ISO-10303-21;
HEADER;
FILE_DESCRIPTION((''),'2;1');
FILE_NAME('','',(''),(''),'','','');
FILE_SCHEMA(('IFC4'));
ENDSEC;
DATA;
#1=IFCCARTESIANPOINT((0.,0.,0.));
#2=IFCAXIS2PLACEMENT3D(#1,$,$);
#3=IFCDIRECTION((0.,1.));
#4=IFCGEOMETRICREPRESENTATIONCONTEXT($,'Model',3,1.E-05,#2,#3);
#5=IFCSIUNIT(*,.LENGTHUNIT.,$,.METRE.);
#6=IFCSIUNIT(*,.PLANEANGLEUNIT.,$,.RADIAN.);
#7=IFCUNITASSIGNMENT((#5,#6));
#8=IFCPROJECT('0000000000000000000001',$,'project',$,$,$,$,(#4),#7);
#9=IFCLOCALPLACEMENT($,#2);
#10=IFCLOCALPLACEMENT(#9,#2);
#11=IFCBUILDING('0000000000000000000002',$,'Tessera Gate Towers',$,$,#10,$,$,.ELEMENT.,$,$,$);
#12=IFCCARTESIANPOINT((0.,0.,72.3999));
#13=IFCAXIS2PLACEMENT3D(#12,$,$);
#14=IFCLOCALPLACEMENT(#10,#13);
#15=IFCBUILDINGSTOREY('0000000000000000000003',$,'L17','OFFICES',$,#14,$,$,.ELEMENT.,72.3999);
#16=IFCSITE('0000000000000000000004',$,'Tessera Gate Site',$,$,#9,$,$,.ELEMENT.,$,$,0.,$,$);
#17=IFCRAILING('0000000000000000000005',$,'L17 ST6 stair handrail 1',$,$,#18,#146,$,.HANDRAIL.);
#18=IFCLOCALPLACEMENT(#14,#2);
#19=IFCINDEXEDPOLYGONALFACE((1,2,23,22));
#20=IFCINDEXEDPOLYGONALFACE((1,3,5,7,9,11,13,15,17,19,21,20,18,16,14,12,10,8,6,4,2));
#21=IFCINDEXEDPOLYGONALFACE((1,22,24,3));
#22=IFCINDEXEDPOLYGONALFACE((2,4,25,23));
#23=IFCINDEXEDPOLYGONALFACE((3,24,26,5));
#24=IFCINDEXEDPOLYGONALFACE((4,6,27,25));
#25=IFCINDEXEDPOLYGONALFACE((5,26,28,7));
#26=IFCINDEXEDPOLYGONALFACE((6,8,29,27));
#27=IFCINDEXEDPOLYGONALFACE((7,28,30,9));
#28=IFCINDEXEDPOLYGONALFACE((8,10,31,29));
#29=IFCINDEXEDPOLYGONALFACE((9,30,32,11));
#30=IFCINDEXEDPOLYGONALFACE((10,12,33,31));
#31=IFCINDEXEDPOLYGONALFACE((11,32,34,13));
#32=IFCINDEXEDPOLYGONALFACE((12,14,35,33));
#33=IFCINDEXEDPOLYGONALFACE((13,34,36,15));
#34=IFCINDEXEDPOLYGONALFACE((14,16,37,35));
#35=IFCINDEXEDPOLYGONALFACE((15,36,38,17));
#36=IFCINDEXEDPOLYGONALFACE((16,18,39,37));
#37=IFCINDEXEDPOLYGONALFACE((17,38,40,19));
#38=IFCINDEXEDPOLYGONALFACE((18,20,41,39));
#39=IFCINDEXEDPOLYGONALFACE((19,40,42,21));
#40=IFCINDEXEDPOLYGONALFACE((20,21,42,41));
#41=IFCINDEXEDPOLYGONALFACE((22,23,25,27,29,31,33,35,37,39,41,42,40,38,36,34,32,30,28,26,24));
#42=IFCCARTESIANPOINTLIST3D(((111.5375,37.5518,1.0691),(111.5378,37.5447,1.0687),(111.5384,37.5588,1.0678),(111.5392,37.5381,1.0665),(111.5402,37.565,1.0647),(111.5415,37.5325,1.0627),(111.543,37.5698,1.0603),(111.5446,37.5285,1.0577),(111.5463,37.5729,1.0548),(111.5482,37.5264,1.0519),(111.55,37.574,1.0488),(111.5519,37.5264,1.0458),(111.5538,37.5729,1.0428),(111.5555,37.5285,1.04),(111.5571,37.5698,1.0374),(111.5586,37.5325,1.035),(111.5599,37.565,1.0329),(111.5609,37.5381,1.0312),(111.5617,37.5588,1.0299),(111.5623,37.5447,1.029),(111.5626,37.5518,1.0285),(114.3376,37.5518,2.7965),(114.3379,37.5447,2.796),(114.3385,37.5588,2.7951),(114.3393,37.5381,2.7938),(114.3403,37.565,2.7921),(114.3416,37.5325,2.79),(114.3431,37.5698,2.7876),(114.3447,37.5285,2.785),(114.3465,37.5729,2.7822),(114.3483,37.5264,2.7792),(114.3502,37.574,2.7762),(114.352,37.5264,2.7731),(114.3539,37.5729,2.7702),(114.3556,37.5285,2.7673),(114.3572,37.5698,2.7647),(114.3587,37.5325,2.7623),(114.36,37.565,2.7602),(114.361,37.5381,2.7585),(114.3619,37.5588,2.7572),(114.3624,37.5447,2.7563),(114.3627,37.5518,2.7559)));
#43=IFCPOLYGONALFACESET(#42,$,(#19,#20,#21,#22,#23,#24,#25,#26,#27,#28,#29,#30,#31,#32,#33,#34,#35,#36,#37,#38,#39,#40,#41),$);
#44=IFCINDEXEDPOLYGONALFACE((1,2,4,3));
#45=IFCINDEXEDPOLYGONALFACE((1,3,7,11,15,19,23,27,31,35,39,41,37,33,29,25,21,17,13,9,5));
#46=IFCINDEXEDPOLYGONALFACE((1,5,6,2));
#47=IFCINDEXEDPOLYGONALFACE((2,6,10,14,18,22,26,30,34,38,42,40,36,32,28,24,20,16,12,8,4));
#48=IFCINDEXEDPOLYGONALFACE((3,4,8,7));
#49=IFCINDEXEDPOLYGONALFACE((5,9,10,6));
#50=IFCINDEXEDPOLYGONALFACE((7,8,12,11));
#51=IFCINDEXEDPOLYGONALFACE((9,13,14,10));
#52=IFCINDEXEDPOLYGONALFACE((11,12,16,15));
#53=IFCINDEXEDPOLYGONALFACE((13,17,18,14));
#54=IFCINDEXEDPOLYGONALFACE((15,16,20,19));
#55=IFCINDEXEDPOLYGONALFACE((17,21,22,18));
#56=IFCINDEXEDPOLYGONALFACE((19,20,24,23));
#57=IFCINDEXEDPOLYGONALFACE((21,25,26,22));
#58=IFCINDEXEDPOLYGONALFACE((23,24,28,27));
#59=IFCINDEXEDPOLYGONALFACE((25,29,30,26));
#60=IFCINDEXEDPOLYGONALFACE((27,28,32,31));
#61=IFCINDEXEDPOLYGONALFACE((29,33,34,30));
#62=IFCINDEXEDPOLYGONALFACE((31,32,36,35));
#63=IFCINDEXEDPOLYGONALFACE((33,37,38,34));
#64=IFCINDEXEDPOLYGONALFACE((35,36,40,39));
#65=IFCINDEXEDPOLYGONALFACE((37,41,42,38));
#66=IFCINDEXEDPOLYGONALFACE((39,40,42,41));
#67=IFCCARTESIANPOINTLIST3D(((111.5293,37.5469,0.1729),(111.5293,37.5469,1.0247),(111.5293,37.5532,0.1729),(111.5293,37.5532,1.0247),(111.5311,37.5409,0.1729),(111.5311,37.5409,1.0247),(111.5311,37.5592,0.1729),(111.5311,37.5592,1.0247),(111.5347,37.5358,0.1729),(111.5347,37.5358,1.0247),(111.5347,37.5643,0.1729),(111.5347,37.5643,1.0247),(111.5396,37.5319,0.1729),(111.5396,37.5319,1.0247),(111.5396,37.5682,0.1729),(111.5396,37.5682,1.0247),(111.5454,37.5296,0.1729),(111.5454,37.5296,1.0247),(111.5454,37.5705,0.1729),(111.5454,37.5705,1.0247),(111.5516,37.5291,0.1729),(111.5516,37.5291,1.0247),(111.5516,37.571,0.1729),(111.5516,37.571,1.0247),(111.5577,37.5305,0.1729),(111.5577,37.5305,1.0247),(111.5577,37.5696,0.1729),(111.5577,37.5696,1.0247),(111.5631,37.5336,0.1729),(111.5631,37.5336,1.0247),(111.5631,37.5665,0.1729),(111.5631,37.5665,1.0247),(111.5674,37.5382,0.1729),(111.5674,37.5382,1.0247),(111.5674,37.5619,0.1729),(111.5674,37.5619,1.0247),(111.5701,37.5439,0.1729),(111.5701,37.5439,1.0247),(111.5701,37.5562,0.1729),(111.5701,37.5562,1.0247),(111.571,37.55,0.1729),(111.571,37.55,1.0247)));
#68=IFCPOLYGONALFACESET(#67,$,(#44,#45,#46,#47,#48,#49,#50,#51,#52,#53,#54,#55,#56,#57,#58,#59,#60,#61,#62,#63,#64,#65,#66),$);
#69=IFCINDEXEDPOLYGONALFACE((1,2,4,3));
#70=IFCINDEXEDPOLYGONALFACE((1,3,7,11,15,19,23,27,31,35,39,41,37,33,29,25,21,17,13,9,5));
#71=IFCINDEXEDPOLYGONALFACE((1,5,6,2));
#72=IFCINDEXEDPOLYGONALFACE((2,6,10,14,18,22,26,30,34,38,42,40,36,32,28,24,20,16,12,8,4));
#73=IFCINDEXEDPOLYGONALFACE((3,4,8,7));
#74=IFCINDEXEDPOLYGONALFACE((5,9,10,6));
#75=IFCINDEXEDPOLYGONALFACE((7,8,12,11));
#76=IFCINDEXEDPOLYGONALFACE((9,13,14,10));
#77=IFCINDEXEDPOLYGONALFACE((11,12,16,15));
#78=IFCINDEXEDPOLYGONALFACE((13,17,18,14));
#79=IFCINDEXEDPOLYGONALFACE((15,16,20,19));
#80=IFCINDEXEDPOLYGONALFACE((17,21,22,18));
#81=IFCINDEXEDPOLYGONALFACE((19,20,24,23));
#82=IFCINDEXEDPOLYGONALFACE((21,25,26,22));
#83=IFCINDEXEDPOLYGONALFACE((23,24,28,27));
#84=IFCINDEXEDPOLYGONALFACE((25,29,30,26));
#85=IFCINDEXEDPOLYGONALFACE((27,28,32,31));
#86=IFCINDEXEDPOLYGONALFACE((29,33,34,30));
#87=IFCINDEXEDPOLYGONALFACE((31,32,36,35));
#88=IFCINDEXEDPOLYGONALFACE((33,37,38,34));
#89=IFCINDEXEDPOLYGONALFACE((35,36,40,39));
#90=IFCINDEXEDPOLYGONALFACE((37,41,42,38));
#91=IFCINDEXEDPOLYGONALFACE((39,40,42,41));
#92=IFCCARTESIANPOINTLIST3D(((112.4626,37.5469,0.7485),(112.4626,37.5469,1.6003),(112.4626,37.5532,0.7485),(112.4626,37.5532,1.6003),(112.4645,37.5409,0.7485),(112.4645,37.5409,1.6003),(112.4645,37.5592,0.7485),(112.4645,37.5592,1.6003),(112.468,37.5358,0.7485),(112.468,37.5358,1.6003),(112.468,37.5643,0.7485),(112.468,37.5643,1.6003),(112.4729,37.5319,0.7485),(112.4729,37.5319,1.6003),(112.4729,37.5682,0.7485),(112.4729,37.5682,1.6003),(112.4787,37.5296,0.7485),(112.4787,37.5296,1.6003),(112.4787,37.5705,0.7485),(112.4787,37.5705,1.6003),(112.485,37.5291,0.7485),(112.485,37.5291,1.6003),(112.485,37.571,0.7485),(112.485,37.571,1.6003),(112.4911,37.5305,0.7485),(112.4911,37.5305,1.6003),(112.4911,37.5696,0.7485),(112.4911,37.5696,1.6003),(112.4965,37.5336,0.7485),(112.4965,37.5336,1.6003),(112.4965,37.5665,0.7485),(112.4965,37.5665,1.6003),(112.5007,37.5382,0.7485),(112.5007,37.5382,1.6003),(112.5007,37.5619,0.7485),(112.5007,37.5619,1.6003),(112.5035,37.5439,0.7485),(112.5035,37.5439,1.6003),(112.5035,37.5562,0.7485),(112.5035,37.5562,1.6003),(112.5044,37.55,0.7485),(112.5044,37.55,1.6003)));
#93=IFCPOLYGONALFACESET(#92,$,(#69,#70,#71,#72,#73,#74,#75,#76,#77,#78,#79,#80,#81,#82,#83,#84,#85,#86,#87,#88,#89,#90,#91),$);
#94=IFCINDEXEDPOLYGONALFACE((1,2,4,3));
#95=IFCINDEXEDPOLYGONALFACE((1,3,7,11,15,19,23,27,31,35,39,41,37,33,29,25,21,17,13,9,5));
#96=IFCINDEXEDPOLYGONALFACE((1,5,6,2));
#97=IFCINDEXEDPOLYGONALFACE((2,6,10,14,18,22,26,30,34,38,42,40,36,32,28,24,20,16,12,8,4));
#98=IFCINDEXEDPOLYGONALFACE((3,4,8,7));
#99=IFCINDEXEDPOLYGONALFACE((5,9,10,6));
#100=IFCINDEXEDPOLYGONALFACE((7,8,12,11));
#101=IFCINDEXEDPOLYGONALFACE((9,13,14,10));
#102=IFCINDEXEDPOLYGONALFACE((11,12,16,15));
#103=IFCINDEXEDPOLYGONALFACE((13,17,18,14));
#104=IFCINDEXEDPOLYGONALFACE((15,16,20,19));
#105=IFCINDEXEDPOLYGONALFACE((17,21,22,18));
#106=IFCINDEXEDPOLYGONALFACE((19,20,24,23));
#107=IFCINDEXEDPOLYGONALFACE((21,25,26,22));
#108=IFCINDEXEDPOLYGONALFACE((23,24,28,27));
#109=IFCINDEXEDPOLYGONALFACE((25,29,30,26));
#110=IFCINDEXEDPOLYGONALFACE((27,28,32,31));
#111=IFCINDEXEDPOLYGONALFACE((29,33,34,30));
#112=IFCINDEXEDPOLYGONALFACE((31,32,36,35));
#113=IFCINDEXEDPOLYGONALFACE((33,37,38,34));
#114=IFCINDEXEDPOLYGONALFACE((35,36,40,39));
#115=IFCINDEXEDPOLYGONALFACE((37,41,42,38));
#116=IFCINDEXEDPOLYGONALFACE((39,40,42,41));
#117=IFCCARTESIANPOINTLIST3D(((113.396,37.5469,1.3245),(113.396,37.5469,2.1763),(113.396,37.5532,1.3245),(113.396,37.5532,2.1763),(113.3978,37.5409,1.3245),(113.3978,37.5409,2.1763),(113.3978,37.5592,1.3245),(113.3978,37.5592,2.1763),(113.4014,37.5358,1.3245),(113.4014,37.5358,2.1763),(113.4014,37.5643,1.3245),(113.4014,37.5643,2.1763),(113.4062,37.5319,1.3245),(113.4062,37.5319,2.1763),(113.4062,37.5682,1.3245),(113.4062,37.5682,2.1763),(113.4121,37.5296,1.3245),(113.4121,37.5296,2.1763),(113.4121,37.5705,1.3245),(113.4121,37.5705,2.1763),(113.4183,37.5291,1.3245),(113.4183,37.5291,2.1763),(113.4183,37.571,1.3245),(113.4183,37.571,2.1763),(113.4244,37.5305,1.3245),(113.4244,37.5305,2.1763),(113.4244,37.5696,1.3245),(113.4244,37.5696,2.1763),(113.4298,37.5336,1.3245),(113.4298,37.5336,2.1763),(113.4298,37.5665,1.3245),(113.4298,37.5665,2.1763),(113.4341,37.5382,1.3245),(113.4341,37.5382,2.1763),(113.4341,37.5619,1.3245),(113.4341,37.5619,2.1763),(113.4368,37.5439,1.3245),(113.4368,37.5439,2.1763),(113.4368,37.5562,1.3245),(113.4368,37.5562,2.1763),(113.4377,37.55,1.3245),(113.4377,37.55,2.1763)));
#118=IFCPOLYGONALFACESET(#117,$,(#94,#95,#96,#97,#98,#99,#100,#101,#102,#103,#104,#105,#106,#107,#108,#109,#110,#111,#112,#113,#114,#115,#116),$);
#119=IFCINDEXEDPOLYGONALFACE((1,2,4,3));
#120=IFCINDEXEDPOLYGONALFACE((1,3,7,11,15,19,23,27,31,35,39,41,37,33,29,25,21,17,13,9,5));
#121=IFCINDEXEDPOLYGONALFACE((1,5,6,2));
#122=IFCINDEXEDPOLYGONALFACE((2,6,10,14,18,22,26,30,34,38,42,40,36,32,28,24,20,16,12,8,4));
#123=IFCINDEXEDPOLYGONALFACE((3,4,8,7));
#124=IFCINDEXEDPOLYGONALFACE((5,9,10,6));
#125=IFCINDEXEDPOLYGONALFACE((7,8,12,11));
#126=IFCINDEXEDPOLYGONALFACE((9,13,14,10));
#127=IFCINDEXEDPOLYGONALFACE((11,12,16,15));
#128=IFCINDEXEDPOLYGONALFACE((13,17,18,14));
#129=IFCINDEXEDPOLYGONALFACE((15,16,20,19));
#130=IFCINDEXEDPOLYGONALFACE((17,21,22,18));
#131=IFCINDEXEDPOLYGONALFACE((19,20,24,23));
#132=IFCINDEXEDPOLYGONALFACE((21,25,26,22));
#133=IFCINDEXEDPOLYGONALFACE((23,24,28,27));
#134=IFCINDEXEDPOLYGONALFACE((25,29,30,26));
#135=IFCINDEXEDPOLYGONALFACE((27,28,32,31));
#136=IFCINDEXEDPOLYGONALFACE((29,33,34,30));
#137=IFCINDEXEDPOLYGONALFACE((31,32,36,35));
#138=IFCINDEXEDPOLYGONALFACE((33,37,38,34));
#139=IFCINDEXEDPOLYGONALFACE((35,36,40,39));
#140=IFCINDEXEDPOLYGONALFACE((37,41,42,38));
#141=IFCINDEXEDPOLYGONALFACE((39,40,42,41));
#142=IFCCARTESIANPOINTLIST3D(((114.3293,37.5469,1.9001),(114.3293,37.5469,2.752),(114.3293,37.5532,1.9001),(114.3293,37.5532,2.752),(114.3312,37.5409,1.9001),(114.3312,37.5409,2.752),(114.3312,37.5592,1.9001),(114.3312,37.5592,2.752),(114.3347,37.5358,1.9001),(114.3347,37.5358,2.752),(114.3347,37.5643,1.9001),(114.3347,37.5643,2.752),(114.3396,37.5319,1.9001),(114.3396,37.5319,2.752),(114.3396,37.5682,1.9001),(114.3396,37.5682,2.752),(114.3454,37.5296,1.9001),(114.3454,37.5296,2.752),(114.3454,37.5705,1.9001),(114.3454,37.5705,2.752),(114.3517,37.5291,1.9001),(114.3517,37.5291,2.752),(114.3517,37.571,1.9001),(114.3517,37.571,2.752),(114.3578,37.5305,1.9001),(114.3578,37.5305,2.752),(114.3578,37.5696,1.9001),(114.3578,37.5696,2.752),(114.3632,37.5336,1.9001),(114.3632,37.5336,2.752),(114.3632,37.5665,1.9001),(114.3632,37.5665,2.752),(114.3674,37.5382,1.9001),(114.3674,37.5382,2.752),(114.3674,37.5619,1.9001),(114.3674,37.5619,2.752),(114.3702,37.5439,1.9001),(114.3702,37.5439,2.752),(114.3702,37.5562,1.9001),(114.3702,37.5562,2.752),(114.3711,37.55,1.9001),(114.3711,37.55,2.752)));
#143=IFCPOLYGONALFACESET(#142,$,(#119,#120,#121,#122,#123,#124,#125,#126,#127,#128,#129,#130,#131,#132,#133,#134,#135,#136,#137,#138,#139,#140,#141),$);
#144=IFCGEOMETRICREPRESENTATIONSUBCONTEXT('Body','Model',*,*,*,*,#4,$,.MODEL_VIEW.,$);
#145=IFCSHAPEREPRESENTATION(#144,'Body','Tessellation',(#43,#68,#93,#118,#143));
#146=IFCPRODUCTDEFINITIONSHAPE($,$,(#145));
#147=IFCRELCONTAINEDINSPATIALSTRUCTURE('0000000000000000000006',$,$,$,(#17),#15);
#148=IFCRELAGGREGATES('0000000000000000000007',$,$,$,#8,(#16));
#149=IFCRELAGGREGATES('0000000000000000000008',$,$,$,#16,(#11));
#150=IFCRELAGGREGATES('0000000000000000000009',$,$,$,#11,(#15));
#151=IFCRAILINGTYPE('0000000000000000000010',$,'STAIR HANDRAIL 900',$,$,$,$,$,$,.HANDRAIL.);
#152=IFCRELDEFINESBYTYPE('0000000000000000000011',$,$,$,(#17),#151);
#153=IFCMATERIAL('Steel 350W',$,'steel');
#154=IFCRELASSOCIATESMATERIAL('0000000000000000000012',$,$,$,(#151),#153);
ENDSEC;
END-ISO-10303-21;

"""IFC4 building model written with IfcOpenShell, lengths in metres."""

from ifc_helpers import new_model, si_unit, direction, frame, origin, origin_2d, place, context, subcontext, project, spatial, circle, extrude, material, type_object, element, save


model = new_model("IFC4")

# Units and contexts
model_context = context("Model", 3, precision=1e-05, world=origin(), true_north=direction((0.0, 1.0)))
body_context = subcontext(model_context, "Body", "Model", "MODEL_VIEW")
ifc_project = project(units=[si_unit("LENGTHUNIT", "METRE"), si_unit("PLANEANGLEUNIT", "RADIAN")], contexts=[model_context])

# Site, building, storey
site_placement = place(None, origin())
site = spatial("IfcSite", under=ifc_project, at=site_placement, Name="Tessera Gate Site", CompositionType="ELEMENT", RefElevation=0.0)
building_placement = place(site_placement, origin())
building = spatial("IfcBuilding", under=site, at=building_placement, Name="Tessera Gate Towers", CompositionType="ELEMENT")
storey_placement = place(building_placement, frame((0.0, 0.0, 72.3999)))
storey = spatial("IfcBuildingStorey", under=building, at=storey_placement, Name="L17", Description="OFFICES", CompositionType="ELEMENT", Elevation=72.3999)

# Railing
ifc_material_1 = material(Name="Steel 350W", Category="steel")
railing_type_1 = type_object("IfcRailingType", Name="STAIR HANDRAIL 900", PredefinedType="HANDRAIL", material=ifc_material_1)
railing_1_placement = place(storey_placement, frame((111.55, 37.55, 0.1729)))
element("IfcRailing", 1, at=railing_1_placement, inside=storey, type_object=railing_type_1, Name="L17 ST6 stair handrail 1", PredefinedType="HANDRAIL", context=body_context, shape_type="SweptSolid", body=[
    extrude(circle(Radius=0.0239, at=origin_2d()), frame((0.0, 0.0, 0.876), z_axis=(0.85109, 0.0, 0.52502), x_axis=(0.0, 1.0, 0.0)), (0.0, 0.0, 1.0), 3.29),
    extrude(circle(Radius=0.021, at=origin_2d()), origin(), (0.0, 0.0, 1.0), 0.8518),
    extrude(circle(Radius=0.021, at=origin_2d()), frame((0.9333, 0.0, 0.5757)), (0.0, 0.0, 1.0), 0.8518),
    extrude(circle(Radius=0.021, at=origin_2d()), frame((1.8667, 0.0, 1.1516)), (0.0, 0.0, 1.0), 0.8518),
    extrude(circle(Radius=0.021, at=origin_2d()), frame((2.8, 0.0, 1.7273)), (0.0, 0.0, 1.0), 0.8518),
])

save(model, "model.ifc")
